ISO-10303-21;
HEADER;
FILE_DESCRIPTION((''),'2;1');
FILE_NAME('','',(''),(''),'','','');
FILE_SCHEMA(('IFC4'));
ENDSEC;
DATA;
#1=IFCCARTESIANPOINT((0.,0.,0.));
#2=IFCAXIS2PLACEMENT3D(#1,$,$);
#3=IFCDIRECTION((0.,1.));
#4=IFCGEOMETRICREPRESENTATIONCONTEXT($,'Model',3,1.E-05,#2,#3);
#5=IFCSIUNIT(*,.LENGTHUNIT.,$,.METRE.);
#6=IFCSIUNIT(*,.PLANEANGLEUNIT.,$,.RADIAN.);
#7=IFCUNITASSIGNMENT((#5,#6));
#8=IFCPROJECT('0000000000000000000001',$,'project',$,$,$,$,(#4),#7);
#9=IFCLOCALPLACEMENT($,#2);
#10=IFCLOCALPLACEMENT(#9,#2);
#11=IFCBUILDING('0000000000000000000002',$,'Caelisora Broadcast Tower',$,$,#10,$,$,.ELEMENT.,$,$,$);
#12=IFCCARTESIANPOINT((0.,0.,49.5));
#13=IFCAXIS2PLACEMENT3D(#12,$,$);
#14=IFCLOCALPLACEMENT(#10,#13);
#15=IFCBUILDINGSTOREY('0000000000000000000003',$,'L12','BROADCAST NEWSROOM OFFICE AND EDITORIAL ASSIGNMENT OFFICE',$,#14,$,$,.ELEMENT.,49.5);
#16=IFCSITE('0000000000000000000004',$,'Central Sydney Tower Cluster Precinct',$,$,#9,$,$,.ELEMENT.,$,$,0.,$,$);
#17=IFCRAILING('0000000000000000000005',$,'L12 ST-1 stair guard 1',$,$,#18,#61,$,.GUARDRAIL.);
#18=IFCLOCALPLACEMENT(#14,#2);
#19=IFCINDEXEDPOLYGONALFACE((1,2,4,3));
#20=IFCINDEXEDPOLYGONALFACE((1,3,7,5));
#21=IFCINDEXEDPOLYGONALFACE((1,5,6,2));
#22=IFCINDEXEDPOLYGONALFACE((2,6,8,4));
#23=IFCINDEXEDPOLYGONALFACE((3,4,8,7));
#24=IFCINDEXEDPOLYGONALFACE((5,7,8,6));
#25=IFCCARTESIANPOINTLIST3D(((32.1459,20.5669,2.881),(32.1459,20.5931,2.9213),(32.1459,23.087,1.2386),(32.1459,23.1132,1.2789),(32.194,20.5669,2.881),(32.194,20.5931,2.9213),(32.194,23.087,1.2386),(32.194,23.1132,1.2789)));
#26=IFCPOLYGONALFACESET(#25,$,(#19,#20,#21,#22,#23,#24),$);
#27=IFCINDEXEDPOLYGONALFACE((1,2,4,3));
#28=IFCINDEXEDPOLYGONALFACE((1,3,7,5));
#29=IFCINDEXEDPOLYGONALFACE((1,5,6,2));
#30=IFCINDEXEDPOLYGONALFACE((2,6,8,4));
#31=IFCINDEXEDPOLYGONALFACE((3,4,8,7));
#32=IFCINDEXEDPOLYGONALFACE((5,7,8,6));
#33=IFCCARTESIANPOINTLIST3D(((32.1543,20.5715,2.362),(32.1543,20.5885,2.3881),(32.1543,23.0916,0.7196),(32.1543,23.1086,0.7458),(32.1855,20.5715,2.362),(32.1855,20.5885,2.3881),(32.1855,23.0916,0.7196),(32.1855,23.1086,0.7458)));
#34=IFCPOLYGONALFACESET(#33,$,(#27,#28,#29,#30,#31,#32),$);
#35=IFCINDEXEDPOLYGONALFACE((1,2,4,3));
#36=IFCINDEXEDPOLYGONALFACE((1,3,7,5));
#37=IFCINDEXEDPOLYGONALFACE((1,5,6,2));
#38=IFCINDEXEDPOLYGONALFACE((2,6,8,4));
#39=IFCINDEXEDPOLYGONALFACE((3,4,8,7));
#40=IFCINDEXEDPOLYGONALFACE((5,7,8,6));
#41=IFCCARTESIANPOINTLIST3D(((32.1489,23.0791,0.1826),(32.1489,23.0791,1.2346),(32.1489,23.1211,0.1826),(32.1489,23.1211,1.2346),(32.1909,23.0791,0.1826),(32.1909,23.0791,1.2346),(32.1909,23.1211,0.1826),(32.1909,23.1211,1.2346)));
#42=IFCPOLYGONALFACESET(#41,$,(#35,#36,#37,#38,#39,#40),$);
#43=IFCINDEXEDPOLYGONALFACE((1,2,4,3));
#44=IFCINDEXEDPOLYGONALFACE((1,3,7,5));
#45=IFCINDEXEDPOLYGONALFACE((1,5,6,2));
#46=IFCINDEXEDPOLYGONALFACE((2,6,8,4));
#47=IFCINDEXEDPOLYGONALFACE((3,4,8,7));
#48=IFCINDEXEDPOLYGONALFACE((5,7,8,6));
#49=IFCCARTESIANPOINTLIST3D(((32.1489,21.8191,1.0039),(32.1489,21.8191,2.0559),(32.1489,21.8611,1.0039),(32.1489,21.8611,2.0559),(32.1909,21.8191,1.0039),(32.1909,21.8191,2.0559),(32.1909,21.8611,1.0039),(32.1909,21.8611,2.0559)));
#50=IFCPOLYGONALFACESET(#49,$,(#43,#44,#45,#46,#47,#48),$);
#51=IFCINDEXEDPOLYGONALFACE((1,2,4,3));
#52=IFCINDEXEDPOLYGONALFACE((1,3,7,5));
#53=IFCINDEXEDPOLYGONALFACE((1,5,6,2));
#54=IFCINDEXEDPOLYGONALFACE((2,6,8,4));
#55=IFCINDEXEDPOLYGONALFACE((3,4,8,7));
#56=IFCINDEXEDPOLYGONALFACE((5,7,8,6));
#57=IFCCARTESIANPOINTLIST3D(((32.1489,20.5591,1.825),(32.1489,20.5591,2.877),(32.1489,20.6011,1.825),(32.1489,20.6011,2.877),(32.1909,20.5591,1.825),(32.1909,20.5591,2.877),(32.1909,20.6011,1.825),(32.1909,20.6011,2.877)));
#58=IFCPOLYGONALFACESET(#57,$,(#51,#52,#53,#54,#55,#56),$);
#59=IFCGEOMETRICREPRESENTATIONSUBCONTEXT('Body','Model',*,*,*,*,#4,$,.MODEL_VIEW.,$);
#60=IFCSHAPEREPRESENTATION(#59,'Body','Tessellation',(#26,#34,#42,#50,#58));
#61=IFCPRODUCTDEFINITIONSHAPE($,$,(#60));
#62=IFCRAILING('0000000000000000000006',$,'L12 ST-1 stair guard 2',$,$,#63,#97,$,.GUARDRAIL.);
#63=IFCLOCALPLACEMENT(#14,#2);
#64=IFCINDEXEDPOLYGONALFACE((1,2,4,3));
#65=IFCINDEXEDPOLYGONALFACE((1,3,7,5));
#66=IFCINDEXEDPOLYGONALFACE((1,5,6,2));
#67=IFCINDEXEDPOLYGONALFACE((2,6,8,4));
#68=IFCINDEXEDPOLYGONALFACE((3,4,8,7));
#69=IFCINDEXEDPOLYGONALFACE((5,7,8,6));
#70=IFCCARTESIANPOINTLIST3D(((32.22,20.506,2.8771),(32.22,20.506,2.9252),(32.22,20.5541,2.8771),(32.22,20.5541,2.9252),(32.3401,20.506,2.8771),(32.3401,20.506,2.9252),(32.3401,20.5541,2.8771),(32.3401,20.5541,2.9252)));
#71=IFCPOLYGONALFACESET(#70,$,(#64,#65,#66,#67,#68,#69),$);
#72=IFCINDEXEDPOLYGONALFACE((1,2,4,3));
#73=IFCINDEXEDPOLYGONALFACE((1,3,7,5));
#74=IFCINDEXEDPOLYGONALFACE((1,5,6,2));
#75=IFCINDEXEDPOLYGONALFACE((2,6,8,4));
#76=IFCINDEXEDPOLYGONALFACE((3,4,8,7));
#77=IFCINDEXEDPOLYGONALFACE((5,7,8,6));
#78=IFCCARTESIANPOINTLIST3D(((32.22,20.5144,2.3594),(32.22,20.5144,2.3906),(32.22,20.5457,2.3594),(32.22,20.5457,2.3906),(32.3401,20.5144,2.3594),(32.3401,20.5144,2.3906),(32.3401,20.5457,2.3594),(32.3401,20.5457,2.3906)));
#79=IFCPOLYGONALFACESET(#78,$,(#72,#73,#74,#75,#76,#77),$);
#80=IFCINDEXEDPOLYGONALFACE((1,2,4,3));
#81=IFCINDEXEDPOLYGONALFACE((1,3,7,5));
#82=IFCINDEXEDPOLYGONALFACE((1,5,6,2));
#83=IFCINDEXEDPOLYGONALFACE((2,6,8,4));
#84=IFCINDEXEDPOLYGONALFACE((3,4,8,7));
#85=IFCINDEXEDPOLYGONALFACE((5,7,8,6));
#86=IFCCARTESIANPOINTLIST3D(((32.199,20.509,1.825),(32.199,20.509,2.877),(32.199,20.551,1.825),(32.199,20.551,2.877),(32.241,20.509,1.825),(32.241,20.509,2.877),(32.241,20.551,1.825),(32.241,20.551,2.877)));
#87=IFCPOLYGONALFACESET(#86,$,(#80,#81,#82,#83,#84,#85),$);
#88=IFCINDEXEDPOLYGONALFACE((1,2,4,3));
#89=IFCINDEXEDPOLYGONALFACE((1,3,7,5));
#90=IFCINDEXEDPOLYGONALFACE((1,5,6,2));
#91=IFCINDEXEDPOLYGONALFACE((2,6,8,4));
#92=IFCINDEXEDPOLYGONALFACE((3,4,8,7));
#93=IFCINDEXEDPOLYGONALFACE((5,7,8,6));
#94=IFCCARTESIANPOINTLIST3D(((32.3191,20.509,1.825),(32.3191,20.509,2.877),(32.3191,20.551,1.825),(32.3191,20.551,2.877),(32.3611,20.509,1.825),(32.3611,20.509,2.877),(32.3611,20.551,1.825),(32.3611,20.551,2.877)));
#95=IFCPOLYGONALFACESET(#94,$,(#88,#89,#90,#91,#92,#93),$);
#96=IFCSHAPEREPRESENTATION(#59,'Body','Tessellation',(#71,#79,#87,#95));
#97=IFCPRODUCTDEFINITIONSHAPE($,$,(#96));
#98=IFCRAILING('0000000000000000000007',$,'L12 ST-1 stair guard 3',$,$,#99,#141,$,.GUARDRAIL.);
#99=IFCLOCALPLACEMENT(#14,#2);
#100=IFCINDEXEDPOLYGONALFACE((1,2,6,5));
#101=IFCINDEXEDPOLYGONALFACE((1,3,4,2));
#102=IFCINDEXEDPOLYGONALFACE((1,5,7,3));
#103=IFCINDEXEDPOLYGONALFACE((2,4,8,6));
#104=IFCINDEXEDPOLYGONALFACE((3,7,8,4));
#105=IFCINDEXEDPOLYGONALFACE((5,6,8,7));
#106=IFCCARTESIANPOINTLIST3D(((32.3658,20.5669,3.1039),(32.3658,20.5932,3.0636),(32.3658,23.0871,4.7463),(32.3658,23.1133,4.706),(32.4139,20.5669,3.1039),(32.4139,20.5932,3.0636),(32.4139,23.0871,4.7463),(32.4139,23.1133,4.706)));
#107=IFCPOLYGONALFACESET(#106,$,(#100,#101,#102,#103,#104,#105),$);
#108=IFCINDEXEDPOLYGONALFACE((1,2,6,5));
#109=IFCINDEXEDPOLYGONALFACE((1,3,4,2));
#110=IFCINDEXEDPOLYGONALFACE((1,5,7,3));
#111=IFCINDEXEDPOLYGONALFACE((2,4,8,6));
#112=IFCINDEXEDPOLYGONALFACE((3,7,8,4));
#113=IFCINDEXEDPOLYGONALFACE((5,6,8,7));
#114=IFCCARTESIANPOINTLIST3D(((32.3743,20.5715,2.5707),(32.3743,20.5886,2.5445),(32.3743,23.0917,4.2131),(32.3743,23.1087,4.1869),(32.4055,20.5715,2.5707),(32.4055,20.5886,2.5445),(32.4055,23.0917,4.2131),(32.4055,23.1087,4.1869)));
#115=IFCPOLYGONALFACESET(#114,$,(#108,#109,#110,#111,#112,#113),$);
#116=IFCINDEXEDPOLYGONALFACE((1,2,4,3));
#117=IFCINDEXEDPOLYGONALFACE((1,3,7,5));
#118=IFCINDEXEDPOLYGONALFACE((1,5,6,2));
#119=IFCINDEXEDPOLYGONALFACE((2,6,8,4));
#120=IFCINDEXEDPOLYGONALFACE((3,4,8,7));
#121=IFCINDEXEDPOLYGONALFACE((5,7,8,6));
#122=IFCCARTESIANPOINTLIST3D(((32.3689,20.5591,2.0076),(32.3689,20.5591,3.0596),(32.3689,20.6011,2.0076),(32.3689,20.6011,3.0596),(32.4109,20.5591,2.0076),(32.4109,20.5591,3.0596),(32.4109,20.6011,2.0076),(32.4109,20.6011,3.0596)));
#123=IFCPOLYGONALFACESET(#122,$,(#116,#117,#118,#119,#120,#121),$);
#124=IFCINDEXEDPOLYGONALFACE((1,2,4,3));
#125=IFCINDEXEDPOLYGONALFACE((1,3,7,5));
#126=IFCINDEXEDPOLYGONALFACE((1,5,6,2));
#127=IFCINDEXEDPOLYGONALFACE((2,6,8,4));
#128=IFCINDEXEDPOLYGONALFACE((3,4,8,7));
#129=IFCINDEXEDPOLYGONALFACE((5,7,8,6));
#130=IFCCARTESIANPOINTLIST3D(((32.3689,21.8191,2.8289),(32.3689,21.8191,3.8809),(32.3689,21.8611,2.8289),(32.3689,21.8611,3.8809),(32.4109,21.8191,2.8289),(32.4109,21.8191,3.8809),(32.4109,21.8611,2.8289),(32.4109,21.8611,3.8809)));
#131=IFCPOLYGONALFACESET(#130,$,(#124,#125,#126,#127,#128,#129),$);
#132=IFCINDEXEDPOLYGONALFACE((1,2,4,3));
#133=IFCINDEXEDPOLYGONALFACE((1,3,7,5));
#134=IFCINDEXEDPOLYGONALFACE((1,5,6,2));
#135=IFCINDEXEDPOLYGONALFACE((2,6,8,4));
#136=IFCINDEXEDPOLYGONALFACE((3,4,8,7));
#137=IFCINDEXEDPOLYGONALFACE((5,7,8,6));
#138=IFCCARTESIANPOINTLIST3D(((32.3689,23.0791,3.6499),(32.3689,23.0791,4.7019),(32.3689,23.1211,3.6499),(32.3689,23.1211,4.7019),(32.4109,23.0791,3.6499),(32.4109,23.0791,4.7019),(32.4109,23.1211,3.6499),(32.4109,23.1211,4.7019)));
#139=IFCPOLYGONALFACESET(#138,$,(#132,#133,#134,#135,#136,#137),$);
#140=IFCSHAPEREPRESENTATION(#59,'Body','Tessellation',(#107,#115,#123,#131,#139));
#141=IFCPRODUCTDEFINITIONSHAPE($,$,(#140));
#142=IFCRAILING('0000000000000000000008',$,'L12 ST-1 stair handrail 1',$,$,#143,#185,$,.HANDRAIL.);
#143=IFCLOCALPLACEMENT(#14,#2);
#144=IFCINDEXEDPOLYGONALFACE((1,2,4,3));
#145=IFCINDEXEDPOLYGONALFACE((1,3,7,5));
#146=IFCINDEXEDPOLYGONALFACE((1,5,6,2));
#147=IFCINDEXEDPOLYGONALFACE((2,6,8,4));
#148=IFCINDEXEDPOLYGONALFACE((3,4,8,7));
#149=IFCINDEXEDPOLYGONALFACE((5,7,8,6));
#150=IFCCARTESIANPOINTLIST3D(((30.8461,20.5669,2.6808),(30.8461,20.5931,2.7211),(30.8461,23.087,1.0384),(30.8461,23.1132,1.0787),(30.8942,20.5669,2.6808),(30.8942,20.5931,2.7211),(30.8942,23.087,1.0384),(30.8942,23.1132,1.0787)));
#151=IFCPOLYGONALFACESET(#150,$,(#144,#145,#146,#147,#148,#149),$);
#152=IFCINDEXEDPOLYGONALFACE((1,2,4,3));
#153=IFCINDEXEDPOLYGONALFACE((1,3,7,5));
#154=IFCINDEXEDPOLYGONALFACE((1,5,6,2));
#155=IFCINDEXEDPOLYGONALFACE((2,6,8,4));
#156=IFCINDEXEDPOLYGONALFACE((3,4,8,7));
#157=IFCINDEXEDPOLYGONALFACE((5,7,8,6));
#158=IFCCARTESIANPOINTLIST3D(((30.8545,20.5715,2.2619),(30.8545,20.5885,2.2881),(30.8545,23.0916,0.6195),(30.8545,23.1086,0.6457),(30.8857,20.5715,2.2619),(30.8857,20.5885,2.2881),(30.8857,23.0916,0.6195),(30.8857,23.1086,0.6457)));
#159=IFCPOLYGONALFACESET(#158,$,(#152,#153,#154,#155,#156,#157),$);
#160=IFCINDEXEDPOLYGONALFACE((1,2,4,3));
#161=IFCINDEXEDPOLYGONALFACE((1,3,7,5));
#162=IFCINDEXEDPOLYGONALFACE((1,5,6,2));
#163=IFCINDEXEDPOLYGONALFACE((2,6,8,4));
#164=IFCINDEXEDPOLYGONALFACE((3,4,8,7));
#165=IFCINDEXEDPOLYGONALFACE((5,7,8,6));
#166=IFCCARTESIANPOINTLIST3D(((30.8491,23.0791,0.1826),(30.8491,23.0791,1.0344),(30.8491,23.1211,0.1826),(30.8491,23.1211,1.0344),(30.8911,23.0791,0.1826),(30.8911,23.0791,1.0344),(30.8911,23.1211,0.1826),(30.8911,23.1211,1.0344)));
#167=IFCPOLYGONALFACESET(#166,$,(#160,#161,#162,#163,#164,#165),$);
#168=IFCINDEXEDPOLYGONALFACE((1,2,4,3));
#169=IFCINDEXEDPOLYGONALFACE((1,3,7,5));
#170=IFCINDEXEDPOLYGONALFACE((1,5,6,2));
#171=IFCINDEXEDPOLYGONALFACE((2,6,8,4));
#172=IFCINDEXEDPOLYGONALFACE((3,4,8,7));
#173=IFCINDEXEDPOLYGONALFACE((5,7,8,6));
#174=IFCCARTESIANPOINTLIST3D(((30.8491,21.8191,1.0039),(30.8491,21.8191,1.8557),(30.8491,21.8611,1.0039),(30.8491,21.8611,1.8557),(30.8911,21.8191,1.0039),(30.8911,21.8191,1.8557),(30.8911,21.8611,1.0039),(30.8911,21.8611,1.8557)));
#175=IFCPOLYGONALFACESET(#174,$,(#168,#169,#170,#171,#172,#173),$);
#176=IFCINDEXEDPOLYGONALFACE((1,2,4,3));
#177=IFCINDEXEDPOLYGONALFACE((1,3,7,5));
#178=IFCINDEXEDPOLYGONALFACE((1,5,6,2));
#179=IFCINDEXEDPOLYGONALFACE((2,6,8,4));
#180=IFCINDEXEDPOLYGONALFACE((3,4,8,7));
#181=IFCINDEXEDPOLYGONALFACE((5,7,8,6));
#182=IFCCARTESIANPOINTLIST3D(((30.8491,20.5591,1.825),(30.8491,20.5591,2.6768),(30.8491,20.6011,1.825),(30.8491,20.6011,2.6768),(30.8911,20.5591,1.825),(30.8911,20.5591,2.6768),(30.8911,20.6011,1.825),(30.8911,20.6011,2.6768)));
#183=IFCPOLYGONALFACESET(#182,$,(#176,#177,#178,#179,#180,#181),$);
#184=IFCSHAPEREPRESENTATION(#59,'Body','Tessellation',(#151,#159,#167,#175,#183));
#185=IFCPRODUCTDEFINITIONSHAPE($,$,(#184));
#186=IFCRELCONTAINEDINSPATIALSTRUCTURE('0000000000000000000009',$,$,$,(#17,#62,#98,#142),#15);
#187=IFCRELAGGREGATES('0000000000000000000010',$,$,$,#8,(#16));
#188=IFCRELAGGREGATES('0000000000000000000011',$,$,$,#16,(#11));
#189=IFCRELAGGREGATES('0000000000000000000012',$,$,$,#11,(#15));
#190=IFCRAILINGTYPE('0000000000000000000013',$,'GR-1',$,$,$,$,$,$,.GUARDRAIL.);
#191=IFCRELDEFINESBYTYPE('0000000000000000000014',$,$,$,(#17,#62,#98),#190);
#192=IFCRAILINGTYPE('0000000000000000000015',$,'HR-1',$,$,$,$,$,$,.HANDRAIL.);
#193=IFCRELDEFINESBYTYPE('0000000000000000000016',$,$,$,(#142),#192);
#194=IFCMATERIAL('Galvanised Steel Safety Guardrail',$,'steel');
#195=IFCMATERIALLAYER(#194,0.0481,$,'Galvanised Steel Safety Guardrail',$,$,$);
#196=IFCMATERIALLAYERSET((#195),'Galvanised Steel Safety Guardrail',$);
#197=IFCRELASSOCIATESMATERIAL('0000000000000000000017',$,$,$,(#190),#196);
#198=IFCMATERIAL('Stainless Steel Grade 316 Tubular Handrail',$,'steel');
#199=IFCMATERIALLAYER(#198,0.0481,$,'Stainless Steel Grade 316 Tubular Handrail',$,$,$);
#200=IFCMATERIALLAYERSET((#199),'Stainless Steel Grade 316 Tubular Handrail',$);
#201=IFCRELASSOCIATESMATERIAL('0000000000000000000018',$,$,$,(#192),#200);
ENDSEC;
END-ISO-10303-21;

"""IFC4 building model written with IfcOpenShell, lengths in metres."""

from ifc_helpers import new_model, si_unit, direction, frame, origin, origin_2d, place, context, subcontext, project, spatial, rectangle, extrude, material, layer, layer_set, type_object, element, save


model = new_model("IFC4")

# Units and contexts
model_context = context("Model", 3, precision=1e-05, world=origin(), true_north=direction((0.0, 1.0)))
body_context = subcontext(model_context, "Body", "Model", "MODEL_VIEW")
ifc_project = project(units=[si_unit("LENGTHUNIT", "METRE"), si_unit("PLANEANGLEUNIT", "RADIAN")], contexts=[model_context])

# Site, building, storey
site_placement = place(None, origin())
site = spatial("IfcSite", under=ifc_project, at=site_placement, Name="Central Sydney Tower Cluster Precinct", CompositionType="ELEMENT", RefElevation=0.0)
building_placement = place(site_placement, origin())
building = spatial("IfcBuilding", under=site, at=building_placement, Name="Caelisora Broadcast Tower", CompositionType="ELEMENT")
storey_placement = place(building_placement, frame((0.0, 0.0, 49.5)))
storey = spatial("IfcBuildingStorey", under=building, at=storey_placement, Name="L12", Description="BROADCAST NEWSROOM OFFICE AND EDITORIAL ASSIGNMENT OFFICE", CompositionType="ELEMENT", Elevation=49.5)

# Railings
ifc_material_1 = material(Name="Galvanised Steel Safety Guardrail", Category="steel")
ifc_layer_1 = layer(ifc_material_1, 0.0481, Name="Galvanised Steel Safety Guardrail")
ifc_layer_set_1 = layer_set([ifc_layer_1], Name="Galvanised Steel Safety Guardrail")
railing_type_1 = type_object("IfcRailingType", Name="GR-1", PredefinedType="GUARDRAIL", material=ifc_layer_set_1)
railing_1_placement = place(storey_placement, frame((32.1699, 23.1001, 0.1826)))
element("IfcRailing", 1, at=railing_1_placement, inside=storey, type_object=railing_type_1, Name="L12 ST-1 stair guard 1", PredefinedType="GUARDRAIL", context=body_context, shape_type="SweptSolid", body=[
    extrude(rectangle(XDim=0.0481, YDim=0.0481, at=origin_2d()), frame((0.0, 0.0, 1.0762), z_axis=(0.0, -0.837787, 0.545998), x_axis=(1.0, 0.0, 0.0)), (0.0, 0.0, 1.0), 3.0081),
    extrude(rectangle(XDim=0.0312, YDim=0.0312, at=origin_2d()), frame((0.0, 0.0, 0.55), z_axis=(0.0, -0.837787, 0.545998), x_axis=(1.0, 0.0, 0.0)), (0.0, 0.0, 1.0), 3.0081),
    extrude(rectangle(XDim=0.042, YDim=0.042, at=origin_2d()), origin(), (0.0, 0.0, 1.0), 1.052),
    extrude(rectangle(XDim=0.042, YDim=0.042, at=origin_2d()), frame((0.0, -1.26, 0.8213)), (0.0, 0.0, 1.0), 1.052),
    extrude(rectangle(XDim=0.042, YDim=0.042, at=origin_2d()), frame((0.0, -2.52, 1.6423)), (0.0, 0.0, 1.0), 1.052),
])
railing_2_placement = place(storey_placement, frame((32.22, 20.53, 1.825)))
element("IfcRailing", 2, at=railing_2_placement, inside=storey, type_object=railing_type_1, Name="L12 ST-1 stair guard 2", PredefinedType="GUARDRAIL", context=body_context, shape_type="SweptSolid", body=[
    extrude(rectangle(XDim=0.0481, YDim=0.0481, at=origin_2d()), frame((0.0, 0.0, 1.0762), z_axis=(1.0, 0.0, 0.0), x_axis=(0.0, 1.0, 0.0)), (0.0, 0.0, 1.0), 0.1201),
    extrude(rectangle(XDim=0.0312, YDim=0.0312, at=origin_2d()), frame((0.0, 0.0, 0.55), z_axis=(1.0, 0.0, 0.0), x_axis=(0.0, 1.0, 0.0)), (0.0, 0.0, 1.0), 0.1201),
    extrude(rectangle(XDim=0.042, YDim=0.042, at=origin_2d()), origin(), (0.0, 0.0, 1.0), 1.052),
    extrude(rectangle(XDim=0.042, YDim=0.042, at=origin_2d()), frame((0.1201, 0.0, 0.0)), (0.0, 0.0, 1.0), 1.052),
])
railing_3_placement = place(storey_placement, frame((32.3899, 20.5801, 2.0076)))
element("IfcRailing", 3, at=railing_3_placement, inside=storey, type_object=railing_type_1, Name="L12 ST-1 stair guard 3", PredefinedType="GUARDRAIL", context=body_context, shape_type="SweptSolid", body=[
    extrude(rectangle(XDim=0.0481, YDim=0.0481, at=origin_2d()), frame((0.0, 0.0, 1.0762), z_axis=(0.0, 0.837787, 0.545998), x_axis=(-1.0, 0.0, 0.0)), (0.0, 0.0, 1.0), 3.0081),
    extrude(rectangle(XDim=0.0312, YDim=0.0312, at=origin_2d()), frame((0.0, 0.0, 0.55), z_axis=(0.0, 0.837787, 0.545998), x_axis=(-1.0, 0.0, 0.0)), (0.0, 0.0, 1.0), 3.0081),
    extrude(rectangle(XDim=0.042, YDim=0.042, at=origin_2d()), origin(), (0.0, 0.0, 1.0), 1.052),
    extrude(rectangle(XDim=0.042, YDim=0.042, at=origin_2d()), frame((0.0, 1.26, 0.8213)), (0.0, 0.0, 1.0), 1.052),
    extrude(rectangle(XDim=0.042, YDim=0.042, at=origin_2d()), frame((0.0, 2.52, 1.6423)), (0.0, 0.0, 1.0), 1.052),
])
ifc_material_2 = material(Name="Stainless Steel Grade 316 Tubular Handrail", Category="steel")
ifc_layer_2 = layer(ifc_material_2, 0.0481, Name="Stainless Steel Grade 316 Tubular Handrail")
ifc_layer_set_2 = layer_set([ifc_layer_2], Name="Stainless Steel Grade 316 Tubular Handrail")
railing_type_2 = type_object("IfcRailingType", Name="HR-1", PredefinedType="HANDRAIL", material=ifc_layer_set_2)
railing_4_placement = place(storey_placement, frame((30.8701, 23.1001, 0.1826)))
element("IfcRailing", 4, at=railing_4_placement, inside=storey, type_object=railing_type_2, Name="L12 ST-1 stair handrail 1", PredefinedType="HANDRAIL", context=body_context, shape_type="SweptSolid", body=[
    extrude(rectangle(XDim=0.0481, YDim=0.0481, at=origin_2d()), frame((0.0, 0.0, 0.876), z_axis=(0.0, -0.837787, 0.545998), x_axis=(1.0, 0.0, 0.0)), (0.0, 0.0, 1.0), 3.0081),
    extrude(rectangle(XDim=0.0312, YDim=0.0312, at=origin_2d()), frame((0.0, 0.0, 0.45), z_axis=(0.0, -0.837787, 0.545998), x_axis=(1.0, 0.0, 0.0)), (0.0, 0.0, 1.0), 3.0081),
    extrude(rectangle(XDim=0.042, YDim=0.042, at=origin_2d()), origin(), (0.0, 0.0, 1.0), 0.8518),
    extrude(rectangle(XDim=0.042, YDim=0.042, at=origin_2d()), frame((0.0, -1.26, 0.8213)), (0.0, 0.0, 1.0), 0.8518),
    extrude(rectangle(XDim=0.042, YDim=0.042, at=origin_2d()), frame((0.0, -2.52, 1.6423)), (0.0, 0.0, 1.0), 0.8518),
])

save(model, "model.ifc")
